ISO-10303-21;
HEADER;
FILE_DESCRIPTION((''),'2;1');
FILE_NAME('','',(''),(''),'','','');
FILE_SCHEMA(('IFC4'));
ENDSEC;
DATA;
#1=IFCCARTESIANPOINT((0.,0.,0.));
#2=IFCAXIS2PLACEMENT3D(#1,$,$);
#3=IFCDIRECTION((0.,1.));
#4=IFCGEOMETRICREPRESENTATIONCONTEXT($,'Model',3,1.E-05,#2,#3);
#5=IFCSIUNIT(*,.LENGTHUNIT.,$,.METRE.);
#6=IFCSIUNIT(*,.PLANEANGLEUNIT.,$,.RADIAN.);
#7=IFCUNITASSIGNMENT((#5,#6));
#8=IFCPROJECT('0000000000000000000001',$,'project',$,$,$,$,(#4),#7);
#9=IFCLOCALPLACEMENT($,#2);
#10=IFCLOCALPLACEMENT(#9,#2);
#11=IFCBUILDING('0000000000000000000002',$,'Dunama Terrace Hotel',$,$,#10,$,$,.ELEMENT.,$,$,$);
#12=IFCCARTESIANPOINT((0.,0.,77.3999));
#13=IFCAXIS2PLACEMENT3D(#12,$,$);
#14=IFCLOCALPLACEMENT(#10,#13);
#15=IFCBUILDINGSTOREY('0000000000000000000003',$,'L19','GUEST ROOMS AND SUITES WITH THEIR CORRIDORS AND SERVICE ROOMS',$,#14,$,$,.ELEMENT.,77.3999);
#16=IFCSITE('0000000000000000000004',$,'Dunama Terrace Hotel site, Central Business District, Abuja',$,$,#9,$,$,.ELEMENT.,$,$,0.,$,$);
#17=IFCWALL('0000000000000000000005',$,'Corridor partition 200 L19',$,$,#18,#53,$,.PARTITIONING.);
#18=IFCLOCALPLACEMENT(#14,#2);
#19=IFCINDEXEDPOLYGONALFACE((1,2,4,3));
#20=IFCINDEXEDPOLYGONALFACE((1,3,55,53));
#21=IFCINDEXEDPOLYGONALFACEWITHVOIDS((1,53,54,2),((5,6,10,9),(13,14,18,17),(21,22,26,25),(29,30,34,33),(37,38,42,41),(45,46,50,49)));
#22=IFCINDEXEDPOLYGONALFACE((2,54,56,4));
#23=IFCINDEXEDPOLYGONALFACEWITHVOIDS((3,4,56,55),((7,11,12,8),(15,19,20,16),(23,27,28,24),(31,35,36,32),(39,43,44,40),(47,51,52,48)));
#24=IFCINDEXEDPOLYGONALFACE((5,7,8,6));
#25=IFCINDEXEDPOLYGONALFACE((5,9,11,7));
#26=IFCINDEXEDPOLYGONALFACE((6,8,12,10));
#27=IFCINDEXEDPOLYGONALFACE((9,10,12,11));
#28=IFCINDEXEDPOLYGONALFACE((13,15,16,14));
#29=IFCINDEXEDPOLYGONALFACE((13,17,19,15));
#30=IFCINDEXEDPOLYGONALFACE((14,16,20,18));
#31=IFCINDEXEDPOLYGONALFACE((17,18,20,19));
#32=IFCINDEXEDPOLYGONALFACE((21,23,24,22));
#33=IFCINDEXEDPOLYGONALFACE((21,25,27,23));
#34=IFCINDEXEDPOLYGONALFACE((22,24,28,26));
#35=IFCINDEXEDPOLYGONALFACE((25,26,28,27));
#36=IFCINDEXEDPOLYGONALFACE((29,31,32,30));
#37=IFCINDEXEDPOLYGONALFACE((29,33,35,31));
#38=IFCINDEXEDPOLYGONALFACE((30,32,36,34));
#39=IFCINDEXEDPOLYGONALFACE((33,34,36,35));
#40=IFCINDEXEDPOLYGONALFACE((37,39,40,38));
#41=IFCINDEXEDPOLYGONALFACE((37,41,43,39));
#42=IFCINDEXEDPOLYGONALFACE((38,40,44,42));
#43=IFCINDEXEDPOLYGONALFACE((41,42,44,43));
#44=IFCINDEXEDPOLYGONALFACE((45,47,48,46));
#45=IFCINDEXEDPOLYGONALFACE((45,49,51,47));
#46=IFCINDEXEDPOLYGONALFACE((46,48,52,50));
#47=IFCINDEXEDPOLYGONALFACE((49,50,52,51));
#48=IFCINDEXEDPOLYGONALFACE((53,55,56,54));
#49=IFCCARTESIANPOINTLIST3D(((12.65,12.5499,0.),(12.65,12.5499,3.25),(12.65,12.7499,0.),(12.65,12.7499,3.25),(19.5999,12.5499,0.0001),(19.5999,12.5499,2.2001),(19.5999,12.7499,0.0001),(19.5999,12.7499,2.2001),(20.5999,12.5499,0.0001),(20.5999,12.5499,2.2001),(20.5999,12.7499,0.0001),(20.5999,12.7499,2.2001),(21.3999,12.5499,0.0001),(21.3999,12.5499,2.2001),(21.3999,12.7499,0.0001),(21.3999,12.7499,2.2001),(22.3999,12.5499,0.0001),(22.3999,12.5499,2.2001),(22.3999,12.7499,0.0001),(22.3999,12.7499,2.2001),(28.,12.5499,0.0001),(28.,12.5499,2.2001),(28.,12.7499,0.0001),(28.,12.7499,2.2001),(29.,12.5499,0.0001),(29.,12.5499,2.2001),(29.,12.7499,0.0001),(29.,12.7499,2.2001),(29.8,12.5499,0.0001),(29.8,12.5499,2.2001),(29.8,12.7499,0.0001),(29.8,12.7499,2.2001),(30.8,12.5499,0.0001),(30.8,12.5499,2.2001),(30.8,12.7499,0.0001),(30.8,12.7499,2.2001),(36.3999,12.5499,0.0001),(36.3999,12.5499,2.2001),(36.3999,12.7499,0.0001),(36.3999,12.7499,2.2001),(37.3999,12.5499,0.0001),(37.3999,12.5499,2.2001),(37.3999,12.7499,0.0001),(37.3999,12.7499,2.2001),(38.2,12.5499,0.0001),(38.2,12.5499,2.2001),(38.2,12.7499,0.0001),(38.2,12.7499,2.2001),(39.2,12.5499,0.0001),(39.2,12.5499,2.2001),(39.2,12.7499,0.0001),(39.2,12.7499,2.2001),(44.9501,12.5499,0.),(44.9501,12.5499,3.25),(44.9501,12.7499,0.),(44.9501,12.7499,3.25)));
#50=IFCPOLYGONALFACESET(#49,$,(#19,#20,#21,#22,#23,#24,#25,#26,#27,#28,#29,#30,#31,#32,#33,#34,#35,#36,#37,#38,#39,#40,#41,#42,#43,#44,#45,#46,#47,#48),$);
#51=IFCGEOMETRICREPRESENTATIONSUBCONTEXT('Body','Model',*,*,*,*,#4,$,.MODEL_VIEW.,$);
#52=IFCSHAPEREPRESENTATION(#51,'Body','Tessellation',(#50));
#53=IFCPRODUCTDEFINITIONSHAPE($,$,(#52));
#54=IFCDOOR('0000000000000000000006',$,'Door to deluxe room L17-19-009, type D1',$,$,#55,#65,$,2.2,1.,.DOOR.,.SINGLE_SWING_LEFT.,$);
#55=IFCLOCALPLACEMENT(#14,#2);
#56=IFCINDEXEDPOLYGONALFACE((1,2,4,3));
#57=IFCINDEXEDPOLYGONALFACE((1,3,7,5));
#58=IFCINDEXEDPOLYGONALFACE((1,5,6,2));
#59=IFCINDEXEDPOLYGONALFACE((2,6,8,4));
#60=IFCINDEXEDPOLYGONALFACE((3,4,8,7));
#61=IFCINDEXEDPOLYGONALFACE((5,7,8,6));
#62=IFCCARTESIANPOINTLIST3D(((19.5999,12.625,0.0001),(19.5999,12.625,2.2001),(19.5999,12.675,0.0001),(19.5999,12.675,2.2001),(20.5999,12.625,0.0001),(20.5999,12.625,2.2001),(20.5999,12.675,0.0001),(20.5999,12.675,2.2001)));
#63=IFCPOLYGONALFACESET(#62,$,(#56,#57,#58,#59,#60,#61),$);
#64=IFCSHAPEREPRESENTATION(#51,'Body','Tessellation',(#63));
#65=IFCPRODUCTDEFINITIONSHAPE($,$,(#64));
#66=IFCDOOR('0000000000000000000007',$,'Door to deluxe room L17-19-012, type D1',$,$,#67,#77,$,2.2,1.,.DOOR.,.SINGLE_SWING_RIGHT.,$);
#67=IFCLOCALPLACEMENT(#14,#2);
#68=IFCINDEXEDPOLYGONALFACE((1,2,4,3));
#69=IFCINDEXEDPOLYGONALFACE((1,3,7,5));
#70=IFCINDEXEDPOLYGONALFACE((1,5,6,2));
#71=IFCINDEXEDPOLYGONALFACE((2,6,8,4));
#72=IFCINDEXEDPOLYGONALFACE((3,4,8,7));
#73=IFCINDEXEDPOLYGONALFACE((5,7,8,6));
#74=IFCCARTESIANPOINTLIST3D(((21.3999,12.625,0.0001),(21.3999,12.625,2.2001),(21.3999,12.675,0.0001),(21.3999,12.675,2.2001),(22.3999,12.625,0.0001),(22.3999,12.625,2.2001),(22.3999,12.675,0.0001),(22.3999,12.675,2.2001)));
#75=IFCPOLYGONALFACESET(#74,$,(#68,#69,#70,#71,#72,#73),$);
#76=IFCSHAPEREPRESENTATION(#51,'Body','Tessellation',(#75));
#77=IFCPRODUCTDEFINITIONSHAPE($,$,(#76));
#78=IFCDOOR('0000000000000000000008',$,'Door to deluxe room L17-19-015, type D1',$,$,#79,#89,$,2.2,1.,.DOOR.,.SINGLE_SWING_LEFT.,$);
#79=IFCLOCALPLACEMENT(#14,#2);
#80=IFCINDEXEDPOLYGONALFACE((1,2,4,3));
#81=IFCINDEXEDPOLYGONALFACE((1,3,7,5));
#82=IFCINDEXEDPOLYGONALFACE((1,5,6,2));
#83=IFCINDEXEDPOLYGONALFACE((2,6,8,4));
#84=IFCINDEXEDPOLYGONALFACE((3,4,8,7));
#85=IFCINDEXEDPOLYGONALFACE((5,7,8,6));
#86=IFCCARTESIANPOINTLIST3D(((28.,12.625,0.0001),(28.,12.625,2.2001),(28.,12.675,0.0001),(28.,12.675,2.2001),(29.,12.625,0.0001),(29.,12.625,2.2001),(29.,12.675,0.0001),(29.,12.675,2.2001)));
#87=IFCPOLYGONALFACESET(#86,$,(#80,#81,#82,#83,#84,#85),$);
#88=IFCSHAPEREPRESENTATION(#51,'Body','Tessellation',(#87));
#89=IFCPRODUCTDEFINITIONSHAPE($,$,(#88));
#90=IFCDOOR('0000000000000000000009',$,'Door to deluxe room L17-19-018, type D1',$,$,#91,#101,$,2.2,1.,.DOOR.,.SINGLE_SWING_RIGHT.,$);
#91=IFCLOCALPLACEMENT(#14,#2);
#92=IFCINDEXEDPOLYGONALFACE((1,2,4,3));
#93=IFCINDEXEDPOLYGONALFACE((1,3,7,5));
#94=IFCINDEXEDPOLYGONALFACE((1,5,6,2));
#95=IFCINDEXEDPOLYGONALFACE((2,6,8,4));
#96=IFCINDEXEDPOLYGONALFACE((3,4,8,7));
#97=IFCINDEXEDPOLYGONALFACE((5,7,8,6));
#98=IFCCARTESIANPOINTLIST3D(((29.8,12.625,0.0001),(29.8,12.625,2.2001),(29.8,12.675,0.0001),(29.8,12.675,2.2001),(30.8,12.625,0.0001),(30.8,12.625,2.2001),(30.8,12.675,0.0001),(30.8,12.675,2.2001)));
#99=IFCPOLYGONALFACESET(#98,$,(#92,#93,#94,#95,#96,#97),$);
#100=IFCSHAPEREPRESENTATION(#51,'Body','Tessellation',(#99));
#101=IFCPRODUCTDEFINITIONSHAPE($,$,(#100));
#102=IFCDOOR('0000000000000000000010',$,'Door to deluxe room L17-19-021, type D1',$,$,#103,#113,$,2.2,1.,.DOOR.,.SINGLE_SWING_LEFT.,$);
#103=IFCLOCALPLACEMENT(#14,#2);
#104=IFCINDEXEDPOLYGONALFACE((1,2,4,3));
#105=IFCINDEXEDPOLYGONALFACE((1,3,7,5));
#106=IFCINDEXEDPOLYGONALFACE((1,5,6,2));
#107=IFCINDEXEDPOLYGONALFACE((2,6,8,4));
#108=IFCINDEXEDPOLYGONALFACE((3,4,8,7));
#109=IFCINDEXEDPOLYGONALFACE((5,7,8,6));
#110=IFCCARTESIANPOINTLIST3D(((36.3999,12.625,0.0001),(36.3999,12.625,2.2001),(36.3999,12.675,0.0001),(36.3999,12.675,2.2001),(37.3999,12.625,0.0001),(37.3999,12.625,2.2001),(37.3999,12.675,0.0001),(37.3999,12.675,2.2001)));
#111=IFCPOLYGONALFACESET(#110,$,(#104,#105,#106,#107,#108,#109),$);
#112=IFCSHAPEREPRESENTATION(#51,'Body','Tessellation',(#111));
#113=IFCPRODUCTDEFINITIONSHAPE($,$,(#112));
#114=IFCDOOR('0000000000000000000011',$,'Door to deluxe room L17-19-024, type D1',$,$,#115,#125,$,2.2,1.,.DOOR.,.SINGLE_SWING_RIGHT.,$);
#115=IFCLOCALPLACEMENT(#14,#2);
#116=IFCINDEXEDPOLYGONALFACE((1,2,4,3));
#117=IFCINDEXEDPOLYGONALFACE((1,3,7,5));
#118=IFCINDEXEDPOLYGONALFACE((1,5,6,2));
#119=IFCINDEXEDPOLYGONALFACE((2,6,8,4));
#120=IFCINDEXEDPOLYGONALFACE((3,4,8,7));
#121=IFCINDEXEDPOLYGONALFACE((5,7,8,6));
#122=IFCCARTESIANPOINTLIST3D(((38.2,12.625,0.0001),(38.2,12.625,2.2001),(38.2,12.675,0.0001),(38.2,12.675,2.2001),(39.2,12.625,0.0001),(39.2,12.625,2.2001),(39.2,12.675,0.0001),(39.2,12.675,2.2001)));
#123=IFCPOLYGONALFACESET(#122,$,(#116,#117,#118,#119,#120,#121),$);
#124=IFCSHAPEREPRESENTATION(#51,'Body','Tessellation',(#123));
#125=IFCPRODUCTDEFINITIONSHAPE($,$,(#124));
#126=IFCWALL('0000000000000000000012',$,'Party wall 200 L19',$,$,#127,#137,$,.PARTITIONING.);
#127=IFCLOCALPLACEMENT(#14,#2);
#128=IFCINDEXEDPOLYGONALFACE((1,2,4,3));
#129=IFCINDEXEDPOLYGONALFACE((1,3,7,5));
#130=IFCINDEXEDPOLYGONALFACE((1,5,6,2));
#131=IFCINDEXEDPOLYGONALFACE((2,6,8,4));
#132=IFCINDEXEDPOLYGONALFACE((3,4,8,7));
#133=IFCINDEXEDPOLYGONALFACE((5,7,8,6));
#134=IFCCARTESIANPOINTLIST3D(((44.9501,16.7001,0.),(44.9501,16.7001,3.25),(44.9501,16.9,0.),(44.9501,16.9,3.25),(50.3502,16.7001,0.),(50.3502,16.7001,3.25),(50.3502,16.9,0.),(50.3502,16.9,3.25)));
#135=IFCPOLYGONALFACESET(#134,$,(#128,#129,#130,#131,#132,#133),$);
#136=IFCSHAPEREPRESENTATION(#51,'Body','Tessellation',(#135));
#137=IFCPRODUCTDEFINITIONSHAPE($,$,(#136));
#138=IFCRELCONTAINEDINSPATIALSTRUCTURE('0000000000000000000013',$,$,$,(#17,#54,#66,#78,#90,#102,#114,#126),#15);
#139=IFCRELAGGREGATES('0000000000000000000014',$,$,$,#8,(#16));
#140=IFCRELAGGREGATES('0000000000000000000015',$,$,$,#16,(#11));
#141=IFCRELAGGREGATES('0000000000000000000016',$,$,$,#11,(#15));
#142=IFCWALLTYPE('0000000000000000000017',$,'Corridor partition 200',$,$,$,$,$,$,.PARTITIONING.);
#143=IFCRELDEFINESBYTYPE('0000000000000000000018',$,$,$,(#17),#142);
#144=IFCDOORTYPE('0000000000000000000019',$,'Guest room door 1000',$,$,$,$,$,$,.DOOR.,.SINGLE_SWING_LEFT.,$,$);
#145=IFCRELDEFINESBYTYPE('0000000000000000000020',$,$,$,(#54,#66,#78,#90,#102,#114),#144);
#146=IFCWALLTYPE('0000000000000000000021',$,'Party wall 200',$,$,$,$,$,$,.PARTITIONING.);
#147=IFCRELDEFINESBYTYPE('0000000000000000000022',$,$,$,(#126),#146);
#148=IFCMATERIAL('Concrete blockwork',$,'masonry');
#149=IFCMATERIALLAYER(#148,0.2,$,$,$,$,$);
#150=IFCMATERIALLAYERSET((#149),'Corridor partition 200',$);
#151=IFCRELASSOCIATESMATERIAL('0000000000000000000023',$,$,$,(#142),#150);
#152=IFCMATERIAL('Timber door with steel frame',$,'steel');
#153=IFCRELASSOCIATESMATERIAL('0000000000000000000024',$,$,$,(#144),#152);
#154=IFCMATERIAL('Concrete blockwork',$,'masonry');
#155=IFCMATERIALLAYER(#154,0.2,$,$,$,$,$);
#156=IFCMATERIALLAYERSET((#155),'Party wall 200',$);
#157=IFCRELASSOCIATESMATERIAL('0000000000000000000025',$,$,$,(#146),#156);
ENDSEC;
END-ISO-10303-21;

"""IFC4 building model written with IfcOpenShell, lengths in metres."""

from ifc_helpers import new_model, si_unit, direction, frame, frame_2d, origin, place, context, subcontext, project, spatial, rectangle, extrude, material, layer, layer_set, type_object, element, fill, save


model = new_model("IFC4")

# Units and contexts
model_context = context("Model", 3, precision=1e-05, world=origin(), true_north=direction((0.0, 1.0)))
body_context = subcontext(model_context, "Body", "Model", "MODEL_VIEW")
ifc_project = project(units=[si_unit("LENGTHUNIT", "METRE"), si_unit("PLANEANGLEUNIT", "RADIAN")], contexts=[model_context])

# Site, building, storey
site_placement = place(None, origin())
site = spatial("IfcSite", under=ifc_project, at=site_placement, Name="Dunama Terrace Hotel site, Central Business District, Abuja", CompositionType="ELEMENT", RefElevation=0.0)
building_placement = place(site_placement, origin())
building = spatial("IfcBuilding", under=site, at=building_placement, Name="Dunama Terrace Hotel", CompositionType="ELEMENT")
storey_placement = place(building_placement, frame((0.0, 0.0, 77.3999)))
storey = spatial("IfcBuildingStorey", under=building, at=storey_placement, Name="L19", Description="GUEST ROOMS AND SUITES WITH THEIR CORRIDORS AND SERVICE ROOMS", CompositionType="ELEMENT", Elevation=77.3999)

# Wall, openings, doors
ifc_material_1 = material(Name="Concrete blockwork", Category="masonry")
ifc_layer_1 = layer(ifc_material_1, 0.2)
ifc_layer_set_1 = layer_set([ifc_layer_1], Name="Corridor partition 200")
wall_type_1 = type_object("IfcWallType", Name="Corridor partition 200", PredefinedType="PARTITIONING", material=ifc_layer_set_1)
wall_1_placement = place(storey_placement, frame((44.95, 12.6499, 0.0), z_axis=(0.0, 0.0, 1.0), x_axis=(-1.0, 0.0, 0.0)))
wall_1 = element("IfcWall", 1, at=wall_1_placement, inside=storey, type_object=wall_type_1, Name="Corridor partition 200 L19", PredefinedType="PARTITIONING", context=body_context, shape_type="SweptSolid", body=[
    extrude(rectangle(XDim=32.3, YDim=0.2, at=frame_2d((16.1499, 0.0))), origin(), (0.0, 0.0, 1.0), 3.25),
])
opening_1_placement = place(wall_1_placement, frame((24.3501, 0.0, 0.0)))
opening_1 = element("IfcOpeningElement", 2, at=opening_1_placement, cuts=wall_1, PredefinedType="OPENING", context=body_context, shape_type="SweptSolid", body=[
    extrude(rectangle(XDim=1.0, YDim=2.2, at=frame_2d((0.5, 1.1001))), frame((0.0, 0.1099, 0.0), z_axis=(0.0, -1.0, 0.0), x_axis=(1.0, 0.0, 0.0)), (0.0, 0.0, 1.0), 0.22),
])
opening_2_placement = place(wall_1_placement, frame((22.55, 0.0, 0.0)))
opening_2 = element("IfcOpeningElement", 3, at=opening_2_placement, cuts=wall_1, PredefinedType="OPENING", context=body_context, shape_type="SweptSolid", body=[
    extrude(rectangle(XDim=1.0, YDim=2.2, at=frame_2d((0.5, 1.1001))), frame((0.0, 0.1099, 0.0), z_axis=(0.0, -1.0, 0.0), x_axis=(1.0, 0.0, 0.0)), (0.0, 0.0, 1.0), 0.22),
])
opening_3_placement = place(wall_1_placement, frame((15.95, 0.0, 0.0)))
opening_3 = element("IfcOpeningElement", 4, at=opening_3_placement, cuts=wall_1, PredefinedType="OPENING", context=body_context, shape_type="SweptSolid", body=[
    extrude(rectangle(XDim=1.0, YDim=2.2, at=frame_2d((0.5, 1.1001))), frame((0.0, 0.1099, 0.0), z_axis=(0.0, -1.0, 0.0), x_axis=(1.0, 0.0, 0.0)), (0.0, 0.0, 1.0), 0.22),
])
opening_4_placement = place(wall_1_placement, frame((14.1499, 0.0, 0.0)))
opening_4 = element("IfcOpeningElement", 5, at=opening_4_placement, cuts=wall_1, PredefinedType="OPENING", context=body_context, shape_type="SweptSolid", body=[
    extrude(rectangle(XDim=1.0, YDim=2.2, at=frame_2d((0.5, 1.1001))), frame((0.0, 0.1099, 0.0), z_axis=(0.0, -1.0, 0.0), x_axis=(1.0, 0.0, 0.0)), (0.0, 0.0, 1.0), 0.22),
])
opening_5_placement = place(wall_1_placement, frame((7.55, 0.0, 0.0)))
opening_5 = element("IfcOpeningElement", 6, at=opening_5_placement, cuts=wall_1, PredefinedType="OPENING", context=body_context, shape_type="SweptSolid", body=[
    extrude(rectangle(XDim=1.0, YDim=2.2, at=frame_2d((0.5, 1.1001))), frame((0.0, 0.1099, 0.0), z_axis=(0.0, -1.0, 0.0), x_axis=(1.0, 0.0, 0.0)), (0.0, 0.0, 1.0), 0.22),
])
opening_6_placement = place(wall_1_placement, frame((5.75, 0.0, 0.0)))
opening_6 = element("IfcOpeningElement", 7, at=opening_6_placement, cuts=wall_1, PredefinedType="OPENING", context=body_context, shape_type="SweptSolid", body=[
    extrude(rectangle(XDim=1.0, YDim=2.2, at=frame_2d((0.5, 1.1001))), frame((0.0, 0.1099, 0.0), z_axis=(0.0, -1.0, 0.0), x_axis=(1.0, 0.0, 0.0)), (0.0, 0.0, 1.0), 0.22),
])
ifc_material_2 = material(Name="Timber door with steel frame", Category="steel")
door_type_1 = type_object("IfcDoorType", Name="Guest room door 1000", OperationType="SINGLE_SWING_LEFT", PredefinedType="DOOR", material=ifc_material_2)
door_1_placement = place(opening_1_placement, origin())
door_1 = element("IfcDoor", 8, at=door_1_placement, inside=storey, type_object=door_type_1, Name="Door to deluxe room L17-19-009, type D1", OperationType="SINGLE_SWING_LEFT", OverallHeight=2.2, OverallWidth=1.0, PredefinedType="DOOR", context=body_context, shape_type="SweptSolid", body=[
    extrude(rectangle(XDim=1.0, YDim=2.2, at=frame_2d((0.5, 1.1001))), frame((0.0, 0.0249, 0.0), z_axis=(0.0, -1.0, 0.0), x_axis=(1.0, 0.0, 0.0)), (0.0, 0.0, 1.0), 0.05),
])
fill(opening_1, door_1)
door_2_placement = place(opening_2_placement, origin())
door_2 = element("IfcDoor", 9, at=door_2_placement, inside=storey, type_object=door_type_1, Name="Door to deluxe room L17-19-012, type D1", OperationType="SINGLE_SWING_RIGHT", OverallHeight=2.2, OverallWidth=1.0, PredefinedType="DOOR", context=body_context, shape_type="SweptSolid", body=[
    extrude(rectangle(XDim=1.0, YDim=2.2, at=frame_2d((0.5, 1.1001))), frame((0.0, 0.0249, 0.0), z_axis=(0.0, -1.0, 0.0), x_axis=(1.0, 0.0, 0.0)), (0.0, 0.0, 1.0), 0.05),
])
fill(opening_2, door_2)
door_3_placement = place(opening_3_placement, origin())
door_3 = element("IfcDoor", 10, at=door_3_placement, inside=storey, type_object=door_type_1, Name="Door to deluxe room L17-19-015, type D1", OperationType="SINGLE_SWING_LEFT", OverallHeight=2.2, OverallWidth=1.0, PredefinedType="DOOR", context=body_context, shape_type="SweptSolid", body=[
    extrude(rectangle(XDim=1.0, YDim=2.2, at=frame_2d((0.5, 1.1001))), frame((0.0, 0.0249, 0.0), z_axis=(0.0, -1.0, 0.0), x_axis=(1.0, 0.0, 0.0)), (0.0, 0.0, 1.0), 0.05),
])
fill(opening_3, door_3)
door_4_placement = place(opening_4_placement, origin())
door_4 = element("IfcDoor", 11, at=door_4_placement, inside=storey, type_object=door_type_1, Name="Door to deluxe room L17-19-018, type D1", OperationType="SINGLE_SWING_RIGHT", OverallHeight=2.2, OverallWidth=1.0, PredefinedType="DOOR", context=body_context, shape_type="SweptSolid", body=[
    extrude(rectangle(XDim=1.0, YDim=2.2, at=frame_2d((0.5, 1.1001))), frame((0.0, 0.0249, 0.0), z_axis=(0.0, -1.0, 0.0), x_axis=(1.0, 0.0, 0.0)), (0.0, 0.0, 1.0), 0.05),
])
fill(opening_4, door_4)
door_5_placement = place(opening_5_placement, origin())
door_5 = element("IfcDoor", 12, at=door_5_placement, inside=storey, type_object=door_type_1, Name="Door to deluxe room L17-19-021, type D1", OperationType="SINGLE_SWING_LEFT", OverallHeight=2.2, OverallWidth=1.0, PredefinedType="DOOR", context=body_context, shape_type="SweptSolid", body=[
    extrude(rectangle(XDim=1.0, YDim=2.2, at=frame_2d((0.5, 1.1001))), frame((0.0, 0.0249, 0.0), z_axis=(0.0, -1.0, 0.0), x_axis=(1.0, 0.0, 0.0)), (0.0, 0.0, 1.0), 0.05),
])
fill(opening_5, door_5)
door_6_placement = place(opening_6_placement, origin())
door_6 = element("IfcDoor", 13, at=door_6_placement, inside=storey, type_object=door_type_1, Name="Door to deluxe room L17-19-024, type D1", OperationType="SINGLE_SWING_RIGHT", OverallHeight=2.2, OverallWidth=1.0, PredefinedType="DOOR", context=body_context, shape_type="SweptSolid", body=[
    extrude(rectangle(XDim=1.0, YDim=2.2, at=frame_2d((0.5, 1.1001))), frame((0.0, 0.0249, 0.0), z_axis=(0.0, -1.0, 0.0), x_axis=(1.0, 0.0, 0.0)), (0.0, 0.0, 1.0), 0.05),
])
fill(opening_6, door_6)

# Wall
ifc_material_3 = material(Name="Concrete blockwork", Category="masonry")
ifc_layer_2 = layer(ifc_material_3, 0.2)
ifc_layer_set_2 = layer_set([ifc_layer_2], Name="Party wall 200")
wall_type_2 = type_object("IfcWallType", Name="Party wall 200", PredefinedType="PARTITIONING", material=ifc_layer_set_2)
wall_2_placement = place(storey_placement, frame((44.95, 16.8, 0.0), z_axis=(0.0, 0.0, 1.0), x_axis=(1.0, 0.0, 0.0)))
element("IfcWall", 14, at=wall_2_placement, inside=storey, type_object=wall_type_2, Name="Party wall 200 L19", PredefinedType="PARTITIONING", context=body_context, shape_type="SweptSolid", body=[
    extrude(rectangle(XDim=5.4001, YDim=0.2, at=frame_2d((2.7002, 0.0))), origin(), (0.0, 0.0, 1.0), 3.25),
])

save(model, "model.ifc")
